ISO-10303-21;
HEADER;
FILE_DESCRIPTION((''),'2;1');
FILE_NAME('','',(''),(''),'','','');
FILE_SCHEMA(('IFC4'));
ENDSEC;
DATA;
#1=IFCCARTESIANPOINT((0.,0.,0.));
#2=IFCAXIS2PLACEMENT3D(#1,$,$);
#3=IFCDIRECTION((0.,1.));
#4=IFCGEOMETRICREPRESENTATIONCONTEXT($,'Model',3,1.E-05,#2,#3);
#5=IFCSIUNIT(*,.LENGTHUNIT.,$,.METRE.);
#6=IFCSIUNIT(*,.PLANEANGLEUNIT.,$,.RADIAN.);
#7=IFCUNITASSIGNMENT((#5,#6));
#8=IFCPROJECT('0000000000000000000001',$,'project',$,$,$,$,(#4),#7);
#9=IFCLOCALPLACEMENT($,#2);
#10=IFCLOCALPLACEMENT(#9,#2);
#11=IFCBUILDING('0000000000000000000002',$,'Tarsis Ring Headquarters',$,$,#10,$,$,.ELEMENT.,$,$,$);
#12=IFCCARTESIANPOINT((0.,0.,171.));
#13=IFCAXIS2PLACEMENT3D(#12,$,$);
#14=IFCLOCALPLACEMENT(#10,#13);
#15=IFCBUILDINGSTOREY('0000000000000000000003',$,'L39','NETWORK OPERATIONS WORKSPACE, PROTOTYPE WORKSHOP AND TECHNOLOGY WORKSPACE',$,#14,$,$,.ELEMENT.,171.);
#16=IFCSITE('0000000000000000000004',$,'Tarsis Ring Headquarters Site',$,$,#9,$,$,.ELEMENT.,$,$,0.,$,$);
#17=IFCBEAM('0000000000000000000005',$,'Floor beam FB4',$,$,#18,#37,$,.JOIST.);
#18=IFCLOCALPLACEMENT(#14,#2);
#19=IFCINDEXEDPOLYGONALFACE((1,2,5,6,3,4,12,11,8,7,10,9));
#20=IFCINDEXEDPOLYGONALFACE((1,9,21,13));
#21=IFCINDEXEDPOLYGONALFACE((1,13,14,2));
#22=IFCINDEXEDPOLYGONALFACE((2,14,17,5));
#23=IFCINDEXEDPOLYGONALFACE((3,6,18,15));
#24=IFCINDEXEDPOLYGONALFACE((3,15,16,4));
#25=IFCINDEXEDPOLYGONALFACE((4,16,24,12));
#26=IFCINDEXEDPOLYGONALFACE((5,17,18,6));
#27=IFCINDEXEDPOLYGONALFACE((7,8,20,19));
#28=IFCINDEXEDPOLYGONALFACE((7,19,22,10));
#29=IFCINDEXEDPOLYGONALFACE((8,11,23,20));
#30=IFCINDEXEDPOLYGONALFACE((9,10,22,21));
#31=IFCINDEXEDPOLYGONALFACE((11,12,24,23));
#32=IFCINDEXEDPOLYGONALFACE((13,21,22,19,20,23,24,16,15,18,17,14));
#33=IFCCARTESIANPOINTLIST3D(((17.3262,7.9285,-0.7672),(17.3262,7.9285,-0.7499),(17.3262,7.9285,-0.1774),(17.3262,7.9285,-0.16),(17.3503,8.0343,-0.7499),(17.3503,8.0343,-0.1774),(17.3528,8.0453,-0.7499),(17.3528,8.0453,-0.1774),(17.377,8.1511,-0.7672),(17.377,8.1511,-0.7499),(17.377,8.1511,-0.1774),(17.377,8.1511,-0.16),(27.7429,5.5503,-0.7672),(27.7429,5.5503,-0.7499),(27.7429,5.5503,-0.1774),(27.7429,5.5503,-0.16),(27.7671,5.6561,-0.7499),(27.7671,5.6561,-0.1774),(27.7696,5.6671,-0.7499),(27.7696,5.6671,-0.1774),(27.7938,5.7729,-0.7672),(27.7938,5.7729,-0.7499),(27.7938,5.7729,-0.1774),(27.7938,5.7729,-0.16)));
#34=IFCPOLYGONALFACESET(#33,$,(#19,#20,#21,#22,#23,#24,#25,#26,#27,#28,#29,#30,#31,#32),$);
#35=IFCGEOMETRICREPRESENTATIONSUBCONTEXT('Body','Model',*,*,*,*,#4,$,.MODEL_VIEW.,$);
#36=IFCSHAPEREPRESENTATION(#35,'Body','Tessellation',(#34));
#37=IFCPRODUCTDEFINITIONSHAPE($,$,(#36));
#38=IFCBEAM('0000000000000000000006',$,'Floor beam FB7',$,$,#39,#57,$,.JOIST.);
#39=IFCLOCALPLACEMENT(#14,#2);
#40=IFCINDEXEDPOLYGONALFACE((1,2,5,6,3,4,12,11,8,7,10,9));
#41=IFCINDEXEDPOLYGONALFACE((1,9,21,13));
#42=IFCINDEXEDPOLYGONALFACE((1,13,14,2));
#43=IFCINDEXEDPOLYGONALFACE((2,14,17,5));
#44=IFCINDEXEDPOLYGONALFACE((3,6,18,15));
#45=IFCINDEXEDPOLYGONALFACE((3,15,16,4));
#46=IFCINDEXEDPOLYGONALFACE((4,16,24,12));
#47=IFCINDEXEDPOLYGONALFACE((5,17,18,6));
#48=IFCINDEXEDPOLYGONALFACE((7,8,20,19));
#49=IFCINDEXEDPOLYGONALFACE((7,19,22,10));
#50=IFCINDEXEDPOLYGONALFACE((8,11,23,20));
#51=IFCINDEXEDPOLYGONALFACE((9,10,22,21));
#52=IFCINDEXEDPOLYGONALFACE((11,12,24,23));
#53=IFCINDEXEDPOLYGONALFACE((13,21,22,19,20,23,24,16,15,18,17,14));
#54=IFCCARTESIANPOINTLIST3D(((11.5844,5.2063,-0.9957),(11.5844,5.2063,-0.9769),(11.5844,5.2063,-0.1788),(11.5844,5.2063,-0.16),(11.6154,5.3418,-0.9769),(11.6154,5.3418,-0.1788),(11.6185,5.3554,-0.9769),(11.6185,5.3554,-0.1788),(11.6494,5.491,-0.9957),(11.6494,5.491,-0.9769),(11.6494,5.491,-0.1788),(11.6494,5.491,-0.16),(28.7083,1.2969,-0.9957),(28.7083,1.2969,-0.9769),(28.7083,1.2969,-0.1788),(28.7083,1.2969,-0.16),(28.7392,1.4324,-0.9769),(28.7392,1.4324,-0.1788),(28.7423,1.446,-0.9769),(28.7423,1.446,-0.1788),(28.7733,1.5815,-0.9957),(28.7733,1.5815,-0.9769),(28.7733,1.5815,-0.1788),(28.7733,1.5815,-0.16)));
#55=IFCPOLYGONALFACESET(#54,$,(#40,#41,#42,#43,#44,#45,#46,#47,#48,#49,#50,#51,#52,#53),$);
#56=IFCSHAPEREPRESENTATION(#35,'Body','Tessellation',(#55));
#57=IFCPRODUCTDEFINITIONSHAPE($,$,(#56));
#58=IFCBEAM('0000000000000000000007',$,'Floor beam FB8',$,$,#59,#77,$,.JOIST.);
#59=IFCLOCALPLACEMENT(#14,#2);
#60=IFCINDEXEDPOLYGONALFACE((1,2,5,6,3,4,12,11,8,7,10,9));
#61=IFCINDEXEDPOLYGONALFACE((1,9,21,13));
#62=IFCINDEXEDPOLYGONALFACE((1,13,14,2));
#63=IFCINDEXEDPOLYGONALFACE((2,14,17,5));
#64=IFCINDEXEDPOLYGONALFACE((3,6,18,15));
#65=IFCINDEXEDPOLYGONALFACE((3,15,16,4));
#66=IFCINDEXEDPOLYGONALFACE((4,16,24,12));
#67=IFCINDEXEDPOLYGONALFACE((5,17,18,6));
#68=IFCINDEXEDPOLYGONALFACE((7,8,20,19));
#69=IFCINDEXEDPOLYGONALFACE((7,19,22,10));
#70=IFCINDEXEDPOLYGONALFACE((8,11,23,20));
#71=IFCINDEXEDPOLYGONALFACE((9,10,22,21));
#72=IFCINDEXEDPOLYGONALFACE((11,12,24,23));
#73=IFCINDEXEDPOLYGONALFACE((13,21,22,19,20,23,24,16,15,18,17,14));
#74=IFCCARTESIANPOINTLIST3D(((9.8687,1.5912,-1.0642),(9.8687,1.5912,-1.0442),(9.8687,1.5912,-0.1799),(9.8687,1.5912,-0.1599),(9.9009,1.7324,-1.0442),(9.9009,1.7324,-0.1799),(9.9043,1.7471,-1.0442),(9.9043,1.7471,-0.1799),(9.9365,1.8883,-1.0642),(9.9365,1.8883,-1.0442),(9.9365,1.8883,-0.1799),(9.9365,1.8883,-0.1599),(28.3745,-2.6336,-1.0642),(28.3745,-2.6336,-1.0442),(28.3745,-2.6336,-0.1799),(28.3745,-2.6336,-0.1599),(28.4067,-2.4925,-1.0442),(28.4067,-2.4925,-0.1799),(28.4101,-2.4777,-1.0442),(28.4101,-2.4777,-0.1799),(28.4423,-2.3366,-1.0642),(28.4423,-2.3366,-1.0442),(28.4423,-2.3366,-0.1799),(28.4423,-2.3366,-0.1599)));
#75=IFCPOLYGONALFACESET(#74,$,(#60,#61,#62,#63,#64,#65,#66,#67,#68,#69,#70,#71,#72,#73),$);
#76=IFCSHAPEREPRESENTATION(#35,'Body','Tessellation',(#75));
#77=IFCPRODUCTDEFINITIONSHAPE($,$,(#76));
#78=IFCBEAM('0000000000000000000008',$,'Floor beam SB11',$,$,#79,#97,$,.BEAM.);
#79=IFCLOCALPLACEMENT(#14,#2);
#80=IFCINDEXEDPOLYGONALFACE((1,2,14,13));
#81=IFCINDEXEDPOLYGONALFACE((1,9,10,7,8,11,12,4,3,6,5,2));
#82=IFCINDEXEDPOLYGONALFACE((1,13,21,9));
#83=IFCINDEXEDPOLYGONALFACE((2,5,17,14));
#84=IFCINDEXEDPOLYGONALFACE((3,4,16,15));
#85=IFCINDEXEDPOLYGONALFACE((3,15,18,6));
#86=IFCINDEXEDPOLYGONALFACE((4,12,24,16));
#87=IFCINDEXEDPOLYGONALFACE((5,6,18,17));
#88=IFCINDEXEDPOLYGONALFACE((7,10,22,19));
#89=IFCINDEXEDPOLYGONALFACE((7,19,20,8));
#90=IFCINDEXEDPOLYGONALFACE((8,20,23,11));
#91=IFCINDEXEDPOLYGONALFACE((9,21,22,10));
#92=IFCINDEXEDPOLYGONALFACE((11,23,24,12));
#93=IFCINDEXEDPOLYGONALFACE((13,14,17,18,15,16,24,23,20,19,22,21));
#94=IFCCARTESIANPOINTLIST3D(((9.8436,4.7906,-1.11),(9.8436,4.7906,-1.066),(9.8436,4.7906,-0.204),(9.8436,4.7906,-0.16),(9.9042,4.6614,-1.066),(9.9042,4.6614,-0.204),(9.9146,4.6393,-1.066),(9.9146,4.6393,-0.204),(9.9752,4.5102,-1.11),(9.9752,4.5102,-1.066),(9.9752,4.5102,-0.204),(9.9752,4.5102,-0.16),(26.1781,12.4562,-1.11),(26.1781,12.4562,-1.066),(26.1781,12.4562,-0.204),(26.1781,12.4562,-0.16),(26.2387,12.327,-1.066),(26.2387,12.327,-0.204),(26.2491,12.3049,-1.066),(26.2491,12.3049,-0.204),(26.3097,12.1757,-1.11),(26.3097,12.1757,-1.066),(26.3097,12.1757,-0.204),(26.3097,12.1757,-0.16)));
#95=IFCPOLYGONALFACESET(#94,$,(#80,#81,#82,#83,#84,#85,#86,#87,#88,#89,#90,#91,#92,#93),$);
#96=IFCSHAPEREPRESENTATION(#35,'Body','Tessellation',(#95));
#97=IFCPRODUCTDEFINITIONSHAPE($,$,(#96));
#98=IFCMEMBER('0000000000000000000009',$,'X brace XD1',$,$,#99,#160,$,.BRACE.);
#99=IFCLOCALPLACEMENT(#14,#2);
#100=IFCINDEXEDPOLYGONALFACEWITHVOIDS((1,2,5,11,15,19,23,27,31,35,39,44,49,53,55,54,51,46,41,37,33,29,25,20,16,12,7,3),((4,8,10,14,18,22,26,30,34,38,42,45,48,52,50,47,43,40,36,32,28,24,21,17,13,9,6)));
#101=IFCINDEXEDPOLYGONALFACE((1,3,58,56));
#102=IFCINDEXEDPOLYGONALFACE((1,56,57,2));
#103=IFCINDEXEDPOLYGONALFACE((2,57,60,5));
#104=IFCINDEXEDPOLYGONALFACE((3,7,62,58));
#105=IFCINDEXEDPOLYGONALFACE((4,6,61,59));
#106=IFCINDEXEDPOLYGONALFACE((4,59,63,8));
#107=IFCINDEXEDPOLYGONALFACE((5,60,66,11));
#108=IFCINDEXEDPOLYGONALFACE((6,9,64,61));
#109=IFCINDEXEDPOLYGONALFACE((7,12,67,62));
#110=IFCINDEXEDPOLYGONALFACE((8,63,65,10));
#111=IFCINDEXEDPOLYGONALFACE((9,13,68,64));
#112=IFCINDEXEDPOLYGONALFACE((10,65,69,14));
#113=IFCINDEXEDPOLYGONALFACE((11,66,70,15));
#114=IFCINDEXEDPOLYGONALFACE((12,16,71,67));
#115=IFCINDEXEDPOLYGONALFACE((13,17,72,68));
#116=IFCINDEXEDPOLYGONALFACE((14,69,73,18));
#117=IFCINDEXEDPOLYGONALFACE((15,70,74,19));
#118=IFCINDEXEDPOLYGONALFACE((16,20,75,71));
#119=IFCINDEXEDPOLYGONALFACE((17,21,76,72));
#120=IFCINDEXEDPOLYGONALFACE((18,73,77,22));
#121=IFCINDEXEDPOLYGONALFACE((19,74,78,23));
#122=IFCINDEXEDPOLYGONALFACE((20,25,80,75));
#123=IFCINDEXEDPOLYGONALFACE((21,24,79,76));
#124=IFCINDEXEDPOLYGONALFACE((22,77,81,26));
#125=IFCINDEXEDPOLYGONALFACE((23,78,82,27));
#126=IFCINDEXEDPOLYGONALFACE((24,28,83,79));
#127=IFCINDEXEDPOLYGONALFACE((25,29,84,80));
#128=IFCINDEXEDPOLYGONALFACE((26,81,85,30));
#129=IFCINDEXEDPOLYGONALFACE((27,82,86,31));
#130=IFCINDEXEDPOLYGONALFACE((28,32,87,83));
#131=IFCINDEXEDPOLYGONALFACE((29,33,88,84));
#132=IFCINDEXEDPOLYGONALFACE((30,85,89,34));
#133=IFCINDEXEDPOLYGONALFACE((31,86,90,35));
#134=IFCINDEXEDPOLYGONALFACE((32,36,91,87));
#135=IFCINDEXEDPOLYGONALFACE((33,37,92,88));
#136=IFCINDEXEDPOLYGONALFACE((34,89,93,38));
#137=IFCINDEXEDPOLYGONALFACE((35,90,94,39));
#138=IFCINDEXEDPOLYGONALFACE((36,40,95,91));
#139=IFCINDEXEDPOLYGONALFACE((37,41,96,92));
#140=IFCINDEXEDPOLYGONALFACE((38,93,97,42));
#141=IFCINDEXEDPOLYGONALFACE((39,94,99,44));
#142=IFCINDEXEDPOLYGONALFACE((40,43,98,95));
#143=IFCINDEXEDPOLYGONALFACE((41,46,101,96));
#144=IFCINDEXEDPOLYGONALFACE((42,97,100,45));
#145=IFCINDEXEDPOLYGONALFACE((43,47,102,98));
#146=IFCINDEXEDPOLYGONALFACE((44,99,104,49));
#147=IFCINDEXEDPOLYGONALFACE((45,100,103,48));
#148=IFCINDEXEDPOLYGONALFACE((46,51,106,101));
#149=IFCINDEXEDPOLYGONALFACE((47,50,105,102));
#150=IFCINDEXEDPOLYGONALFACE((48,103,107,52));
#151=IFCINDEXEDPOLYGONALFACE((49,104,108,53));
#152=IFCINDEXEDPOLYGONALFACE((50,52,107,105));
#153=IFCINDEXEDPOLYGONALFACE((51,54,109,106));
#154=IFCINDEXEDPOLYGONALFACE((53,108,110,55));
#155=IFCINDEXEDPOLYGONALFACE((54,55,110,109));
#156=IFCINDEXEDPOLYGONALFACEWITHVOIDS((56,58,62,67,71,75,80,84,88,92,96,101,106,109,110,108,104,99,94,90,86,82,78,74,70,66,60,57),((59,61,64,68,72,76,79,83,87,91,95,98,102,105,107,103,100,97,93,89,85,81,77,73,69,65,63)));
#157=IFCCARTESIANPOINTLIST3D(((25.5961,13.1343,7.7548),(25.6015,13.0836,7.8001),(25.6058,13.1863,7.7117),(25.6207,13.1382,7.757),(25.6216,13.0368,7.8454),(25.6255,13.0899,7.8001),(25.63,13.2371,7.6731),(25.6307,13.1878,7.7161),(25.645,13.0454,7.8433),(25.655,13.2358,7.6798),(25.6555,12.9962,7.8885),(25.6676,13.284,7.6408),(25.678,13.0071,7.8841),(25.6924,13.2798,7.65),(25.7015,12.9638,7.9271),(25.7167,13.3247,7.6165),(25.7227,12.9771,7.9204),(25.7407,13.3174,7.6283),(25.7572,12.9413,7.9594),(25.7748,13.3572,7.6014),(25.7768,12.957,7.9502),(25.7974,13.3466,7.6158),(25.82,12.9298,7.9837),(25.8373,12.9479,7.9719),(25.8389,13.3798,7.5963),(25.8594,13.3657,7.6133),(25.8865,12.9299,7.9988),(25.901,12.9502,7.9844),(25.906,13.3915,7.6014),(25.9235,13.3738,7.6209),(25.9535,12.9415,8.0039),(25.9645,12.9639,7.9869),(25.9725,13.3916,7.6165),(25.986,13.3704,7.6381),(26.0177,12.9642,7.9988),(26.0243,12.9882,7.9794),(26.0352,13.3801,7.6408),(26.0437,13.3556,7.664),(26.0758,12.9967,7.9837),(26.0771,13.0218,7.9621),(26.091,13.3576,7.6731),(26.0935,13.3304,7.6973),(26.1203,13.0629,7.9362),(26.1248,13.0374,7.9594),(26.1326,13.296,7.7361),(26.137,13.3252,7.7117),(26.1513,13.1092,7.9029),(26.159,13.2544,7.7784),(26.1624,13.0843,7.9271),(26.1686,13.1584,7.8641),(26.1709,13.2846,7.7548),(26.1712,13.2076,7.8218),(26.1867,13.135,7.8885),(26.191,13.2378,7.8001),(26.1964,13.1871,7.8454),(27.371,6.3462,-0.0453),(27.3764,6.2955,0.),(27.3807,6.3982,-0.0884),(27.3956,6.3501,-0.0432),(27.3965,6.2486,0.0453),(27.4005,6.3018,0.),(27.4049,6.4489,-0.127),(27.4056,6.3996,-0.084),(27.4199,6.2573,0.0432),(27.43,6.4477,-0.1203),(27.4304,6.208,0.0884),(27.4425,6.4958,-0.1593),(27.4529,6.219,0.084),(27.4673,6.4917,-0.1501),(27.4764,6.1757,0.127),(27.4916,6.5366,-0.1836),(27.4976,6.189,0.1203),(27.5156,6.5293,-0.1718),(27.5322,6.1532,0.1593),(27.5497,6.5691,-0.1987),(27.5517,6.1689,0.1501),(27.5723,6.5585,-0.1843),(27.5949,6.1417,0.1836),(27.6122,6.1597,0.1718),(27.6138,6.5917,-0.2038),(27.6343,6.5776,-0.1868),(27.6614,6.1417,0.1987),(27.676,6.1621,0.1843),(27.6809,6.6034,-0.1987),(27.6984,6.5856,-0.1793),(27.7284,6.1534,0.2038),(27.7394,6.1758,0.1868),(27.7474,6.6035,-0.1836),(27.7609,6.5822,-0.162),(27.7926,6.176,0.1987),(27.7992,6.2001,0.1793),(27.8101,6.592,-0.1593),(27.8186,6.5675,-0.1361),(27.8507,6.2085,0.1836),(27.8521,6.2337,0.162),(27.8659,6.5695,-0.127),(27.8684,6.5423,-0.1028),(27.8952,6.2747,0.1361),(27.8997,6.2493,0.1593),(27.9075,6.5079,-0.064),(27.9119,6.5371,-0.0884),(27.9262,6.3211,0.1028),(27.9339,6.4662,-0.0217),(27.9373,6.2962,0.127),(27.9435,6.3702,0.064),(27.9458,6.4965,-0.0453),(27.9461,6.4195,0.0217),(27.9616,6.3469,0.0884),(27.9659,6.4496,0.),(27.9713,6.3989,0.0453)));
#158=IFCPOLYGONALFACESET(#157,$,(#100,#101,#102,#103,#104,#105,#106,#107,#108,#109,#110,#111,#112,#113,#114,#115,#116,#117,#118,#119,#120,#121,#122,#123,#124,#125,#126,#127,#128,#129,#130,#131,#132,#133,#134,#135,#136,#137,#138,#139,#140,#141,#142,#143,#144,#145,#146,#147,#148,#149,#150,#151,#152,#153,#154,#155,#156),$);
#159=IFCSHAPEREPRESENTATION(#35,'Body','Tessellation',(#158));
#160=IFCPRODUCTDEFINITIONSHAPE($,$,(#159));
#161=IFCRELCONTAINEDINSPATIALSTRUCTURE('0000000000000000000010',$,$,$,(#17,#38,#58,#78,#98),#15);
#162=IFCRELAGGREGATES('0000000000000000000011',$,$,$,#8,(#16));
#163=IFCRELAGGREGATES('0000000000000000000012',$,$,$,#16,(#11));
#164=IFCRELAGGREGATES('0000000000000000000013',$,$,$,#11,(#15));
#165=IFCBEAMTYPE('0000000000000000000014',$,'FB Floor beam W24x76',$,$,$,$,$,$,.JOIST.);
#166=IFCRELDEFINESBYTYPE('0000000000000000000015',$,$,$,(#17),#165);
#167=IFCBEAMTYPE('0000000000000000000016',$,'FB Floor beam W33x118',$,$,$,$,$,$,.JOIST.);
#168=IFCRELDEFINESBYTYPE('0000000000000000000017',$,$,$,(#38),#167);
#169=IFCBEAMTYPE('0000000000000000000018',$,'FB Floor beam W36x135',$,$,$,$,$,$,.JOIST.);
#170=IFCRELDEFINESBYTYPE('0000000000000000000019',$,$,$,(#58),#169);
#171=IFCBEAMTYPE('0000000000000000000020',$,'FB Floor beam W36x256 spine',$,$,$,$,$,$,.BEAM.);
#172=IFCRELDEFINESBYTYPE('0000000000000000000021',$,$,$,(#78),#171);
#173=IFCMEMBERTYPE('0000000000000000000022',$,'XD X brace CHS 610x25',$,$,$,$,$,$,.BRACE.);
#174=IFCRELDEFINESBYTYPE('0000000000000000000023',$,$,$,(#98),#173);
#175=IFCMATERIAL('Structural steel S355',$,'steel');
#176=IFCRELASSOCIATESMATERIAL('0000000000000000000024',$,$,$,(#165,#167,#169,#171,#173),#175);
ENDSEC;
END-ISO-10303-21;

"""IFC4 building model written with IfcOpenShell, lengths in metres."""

from ifc_helpers import new_model, si_unit, direction, frame, origin, origin_2d, place, context, subcontext, project, spatial, hollow_circle, i_section, extrude, material, material_profile, profile_set, type_object, element, save


model = new_model("IFC4")

# Units and contexts
model_context = context("Model", 3, precision=1e-05, world=origin(), true_north=direction((0.0, 1.0)))
body_context = subcontext(model_context, "Body", "Model", "MODEL_VIEW")
ifc_project = project(units=[si_unit("LENGTHUNIT", "METRE"), si_unit("PLANEANGLEUNIT", "RADIAN")], contexts=[model_context])

# Site, building, storey
site_placement = place(None, origin())
site = spatial("IfcSite", under=ifc_project, at=site_placement, Name="Tarsis Ring Headquarters Site", CompositionType="ELEMENT", RefElevation=0.0)
building_placement = place(site_placement, origin())
building = spatial("IfcBuilding", under=site, at=building_placement, Name="Tarsis Ring Headquarters", CompositionType="ELEMENT")
storey_placement = place(building_placement, frame((0.0, 0.0, 171.0)))
storey = spatial("IfcBuildingStorey", under=building, at=storey_placement, Name="L39", Description="NETWORK OPERATIONS WORKSPACE, PROTOTYPE WORKSHOP AND TECHNOLOGY WORKSPACE", CompositionType="ELEMENT", Elevation=171.0)

# Shared definitions
ifc_material_1 = material(Name="Structural steel S355", Category="steel")

# Beams
ifc_material_profile_1 = material_profile(ifc_material_1, i_section(OverallWidth=0.2283, OverallDepth=0.6072, WebThickness=0.0112, FlangeThickness=0.0173, at=origin_2d()), Name="W24x76")
ifc_profile_set_1 = profile_set([ifc_material_profile_1], Name="Structural steel S355")
beam_type_1 = type_object("IfcBeamType", Name="FB Floor beam W24x76", PredefinedType="JOIST", material=ifc_profile_set_1)
beam_1_placement = place(storey_placement, frame((17.3516, 8.0398, -0.4636), z_axis=(0.974915, -0.222576, 0.0), x_axis=(0.222576, 0.974915, 0.0)))
element("IfcBeam", 1, at=beam_1_placement, inside=storey, type_object=beam_type_1, Name="Floor beam FB4", PredefinedType="JOIST", context=body_context, shape_type="SweptSolid", body=[
    extrude(i_section(OverallWidth=0.2283, OverallDepth=0.6072, WebThickness=0.0112, FlangeThickness=0.0173, at=origin_2d()), origin(), (0.0, 0.0, 1.0), 10.6848),
])
ifc_material_profile_2 = material_profile(ifc_material_1, i_section(OverallWidth=0.292, OverallDepth=0.8357, WebThickness=0.0139, FlangeThickness=0.0188, at=origin_2d()), Name="W33x118")
ifc_profile_set_2 = profile_set([ifc_material_profile_2], Name="Structural steel S355")
beam_type_2 = type_object("IfcBeamType", Name="FB Floor beam W33x118", PredefinedType="JOIST", material=ifc_profile_set_2)
beam_2_placement = place(storey_placement, frame((11.6169, 5.3486, -0.5779), z_axis=(0.974915, -0.222577, 0.0), x_axis=(0.222577, 0.974915, 0.0)))
element("IfcBeam", 2, at=beam_2_placement, inside=storey, type_object=beam_type_2, Name="Floor beam FB7", PredefinedType="JOIST", context=body_context, shape_type="SweptSolid", body=[
    extrude(i_section(OverallWidth=0.292, OverallDepth=0.8357, WebThickness=0.0139, FlangeThickness=0.0188, at=origin_2d()), origin(), (0.0, 0.0, 1.0), 17.5645),
])
ifc_material_profile_3 = material_profile(ifc_material_1, i_section(OverallWidth=0.3047, OverallDepth=0.9043, WebThickness=0.0151, FlangeThickness=0.02, at=origin_2d()), Name="W36x135")
ifc_profile_set_3 = profile_set([ifc_material_profile_3], Name="Structural steel S355")
beam_type_3 = type_object("IfcBeamType", Name="FB Floor beam W36x135", PredefinedType="JOIST", material=ifc_profile_set_3)
beam_3_placement = place(storey_placement, frame((9.9026, 1.7397, -0.6121), z_axis=(0.974916, -0.222572, 0.0), x_axis=(0.222572, 0.974916, 0.0)))
element("IfcBeam", 3, at=beam_3_placement, inside=storey, type_object=beam_type_3, Name="Floor beam FB8", PredefinedType="JOIST", context=body_context, shape_type="SweptSolid", body=[
    extrude(i_section(OverallWidth=0.3047, OverallDepth=0.9043, WebThickness=0.0151, FlangeThickness=0.02, at=origin_2d()), origin(), (0.0, 0.0, 1.0), 18.9819),
])
ifc_material_profile_4 = material_profile(ifc_material_1, i_section(OverallWidth=0.3098, OverallDepth=0.95, WebThickness=0.0244, FlangeThickness=0.0439, at=origin_2d()), Name="W36x256")
ifc_profile_set_4 = profile_set([ifc_material_profile_4], Name="Structural steel S355")
beam_type_4 = type_object("IfcBeamType", Name="FB Floor beam W36x256 spine", PredefinedType="BEAM", material=ifc_profile_set_4)
beam_4_placement = place(storey_placement, frame((26.2439, 12.3159, -0.635), z_axis=(-0.905273, -0.424831, 0.0), x_axis=(0.424831, -0.905273, 0.0)))
element("IfcBeam", 4, at=beam_4_placement, inside=storey, type_object=beam_type_4, Name="Floor beam SB11", PredefinedType="BEAM", context=body_context, shape_type="SweptSolid", body=[
    extrude(i_section(OverallWidth=0.3098, OverallDepth=0.95, WebThickness=0.0244, FlangeThickness=0.0439, at=origin_2d()), origin(), (0.0, 0.0, 1.0), 18.0437),
])

# Member
ifc_material_profile_5 = material_profile(ifc_material_1, hollow_circle(Radius=0.3047, WallThickness=0.0249, at=origin_2d()), Name="CHS 610x25")
ifc_profile_set_5 = profile_set([ifc_material_profile_5], Name="Structural steel S355")
member_type = type_object("IfcMemberType", Name="XD X brace CHS 610x25", PredefinedType="BRACE", material=ifc_profile_set_5)
member_1_placement = place(storey_placement, frame((27.6711, 6.3726, 0.0), z_axis=(-0.169177, 0.647015, 0.743472), x_axis=(-0.967474, -0.252969, 0.0)))
element("IfcMember", 5, at=member_1_placement, inside=storey, type_object=member_type, Name="X brace XD1", PredefinedType="BRACE", context=body_context, shape_type="SweptSolid", body=[
    extrude(hollow_circle(Radius=0.3047, WallThickness=0.0249, at=origin_2d()), origin(), (0.0, 0.0, 1.0), 10.4915),
])

save(model, "model.ifc")
